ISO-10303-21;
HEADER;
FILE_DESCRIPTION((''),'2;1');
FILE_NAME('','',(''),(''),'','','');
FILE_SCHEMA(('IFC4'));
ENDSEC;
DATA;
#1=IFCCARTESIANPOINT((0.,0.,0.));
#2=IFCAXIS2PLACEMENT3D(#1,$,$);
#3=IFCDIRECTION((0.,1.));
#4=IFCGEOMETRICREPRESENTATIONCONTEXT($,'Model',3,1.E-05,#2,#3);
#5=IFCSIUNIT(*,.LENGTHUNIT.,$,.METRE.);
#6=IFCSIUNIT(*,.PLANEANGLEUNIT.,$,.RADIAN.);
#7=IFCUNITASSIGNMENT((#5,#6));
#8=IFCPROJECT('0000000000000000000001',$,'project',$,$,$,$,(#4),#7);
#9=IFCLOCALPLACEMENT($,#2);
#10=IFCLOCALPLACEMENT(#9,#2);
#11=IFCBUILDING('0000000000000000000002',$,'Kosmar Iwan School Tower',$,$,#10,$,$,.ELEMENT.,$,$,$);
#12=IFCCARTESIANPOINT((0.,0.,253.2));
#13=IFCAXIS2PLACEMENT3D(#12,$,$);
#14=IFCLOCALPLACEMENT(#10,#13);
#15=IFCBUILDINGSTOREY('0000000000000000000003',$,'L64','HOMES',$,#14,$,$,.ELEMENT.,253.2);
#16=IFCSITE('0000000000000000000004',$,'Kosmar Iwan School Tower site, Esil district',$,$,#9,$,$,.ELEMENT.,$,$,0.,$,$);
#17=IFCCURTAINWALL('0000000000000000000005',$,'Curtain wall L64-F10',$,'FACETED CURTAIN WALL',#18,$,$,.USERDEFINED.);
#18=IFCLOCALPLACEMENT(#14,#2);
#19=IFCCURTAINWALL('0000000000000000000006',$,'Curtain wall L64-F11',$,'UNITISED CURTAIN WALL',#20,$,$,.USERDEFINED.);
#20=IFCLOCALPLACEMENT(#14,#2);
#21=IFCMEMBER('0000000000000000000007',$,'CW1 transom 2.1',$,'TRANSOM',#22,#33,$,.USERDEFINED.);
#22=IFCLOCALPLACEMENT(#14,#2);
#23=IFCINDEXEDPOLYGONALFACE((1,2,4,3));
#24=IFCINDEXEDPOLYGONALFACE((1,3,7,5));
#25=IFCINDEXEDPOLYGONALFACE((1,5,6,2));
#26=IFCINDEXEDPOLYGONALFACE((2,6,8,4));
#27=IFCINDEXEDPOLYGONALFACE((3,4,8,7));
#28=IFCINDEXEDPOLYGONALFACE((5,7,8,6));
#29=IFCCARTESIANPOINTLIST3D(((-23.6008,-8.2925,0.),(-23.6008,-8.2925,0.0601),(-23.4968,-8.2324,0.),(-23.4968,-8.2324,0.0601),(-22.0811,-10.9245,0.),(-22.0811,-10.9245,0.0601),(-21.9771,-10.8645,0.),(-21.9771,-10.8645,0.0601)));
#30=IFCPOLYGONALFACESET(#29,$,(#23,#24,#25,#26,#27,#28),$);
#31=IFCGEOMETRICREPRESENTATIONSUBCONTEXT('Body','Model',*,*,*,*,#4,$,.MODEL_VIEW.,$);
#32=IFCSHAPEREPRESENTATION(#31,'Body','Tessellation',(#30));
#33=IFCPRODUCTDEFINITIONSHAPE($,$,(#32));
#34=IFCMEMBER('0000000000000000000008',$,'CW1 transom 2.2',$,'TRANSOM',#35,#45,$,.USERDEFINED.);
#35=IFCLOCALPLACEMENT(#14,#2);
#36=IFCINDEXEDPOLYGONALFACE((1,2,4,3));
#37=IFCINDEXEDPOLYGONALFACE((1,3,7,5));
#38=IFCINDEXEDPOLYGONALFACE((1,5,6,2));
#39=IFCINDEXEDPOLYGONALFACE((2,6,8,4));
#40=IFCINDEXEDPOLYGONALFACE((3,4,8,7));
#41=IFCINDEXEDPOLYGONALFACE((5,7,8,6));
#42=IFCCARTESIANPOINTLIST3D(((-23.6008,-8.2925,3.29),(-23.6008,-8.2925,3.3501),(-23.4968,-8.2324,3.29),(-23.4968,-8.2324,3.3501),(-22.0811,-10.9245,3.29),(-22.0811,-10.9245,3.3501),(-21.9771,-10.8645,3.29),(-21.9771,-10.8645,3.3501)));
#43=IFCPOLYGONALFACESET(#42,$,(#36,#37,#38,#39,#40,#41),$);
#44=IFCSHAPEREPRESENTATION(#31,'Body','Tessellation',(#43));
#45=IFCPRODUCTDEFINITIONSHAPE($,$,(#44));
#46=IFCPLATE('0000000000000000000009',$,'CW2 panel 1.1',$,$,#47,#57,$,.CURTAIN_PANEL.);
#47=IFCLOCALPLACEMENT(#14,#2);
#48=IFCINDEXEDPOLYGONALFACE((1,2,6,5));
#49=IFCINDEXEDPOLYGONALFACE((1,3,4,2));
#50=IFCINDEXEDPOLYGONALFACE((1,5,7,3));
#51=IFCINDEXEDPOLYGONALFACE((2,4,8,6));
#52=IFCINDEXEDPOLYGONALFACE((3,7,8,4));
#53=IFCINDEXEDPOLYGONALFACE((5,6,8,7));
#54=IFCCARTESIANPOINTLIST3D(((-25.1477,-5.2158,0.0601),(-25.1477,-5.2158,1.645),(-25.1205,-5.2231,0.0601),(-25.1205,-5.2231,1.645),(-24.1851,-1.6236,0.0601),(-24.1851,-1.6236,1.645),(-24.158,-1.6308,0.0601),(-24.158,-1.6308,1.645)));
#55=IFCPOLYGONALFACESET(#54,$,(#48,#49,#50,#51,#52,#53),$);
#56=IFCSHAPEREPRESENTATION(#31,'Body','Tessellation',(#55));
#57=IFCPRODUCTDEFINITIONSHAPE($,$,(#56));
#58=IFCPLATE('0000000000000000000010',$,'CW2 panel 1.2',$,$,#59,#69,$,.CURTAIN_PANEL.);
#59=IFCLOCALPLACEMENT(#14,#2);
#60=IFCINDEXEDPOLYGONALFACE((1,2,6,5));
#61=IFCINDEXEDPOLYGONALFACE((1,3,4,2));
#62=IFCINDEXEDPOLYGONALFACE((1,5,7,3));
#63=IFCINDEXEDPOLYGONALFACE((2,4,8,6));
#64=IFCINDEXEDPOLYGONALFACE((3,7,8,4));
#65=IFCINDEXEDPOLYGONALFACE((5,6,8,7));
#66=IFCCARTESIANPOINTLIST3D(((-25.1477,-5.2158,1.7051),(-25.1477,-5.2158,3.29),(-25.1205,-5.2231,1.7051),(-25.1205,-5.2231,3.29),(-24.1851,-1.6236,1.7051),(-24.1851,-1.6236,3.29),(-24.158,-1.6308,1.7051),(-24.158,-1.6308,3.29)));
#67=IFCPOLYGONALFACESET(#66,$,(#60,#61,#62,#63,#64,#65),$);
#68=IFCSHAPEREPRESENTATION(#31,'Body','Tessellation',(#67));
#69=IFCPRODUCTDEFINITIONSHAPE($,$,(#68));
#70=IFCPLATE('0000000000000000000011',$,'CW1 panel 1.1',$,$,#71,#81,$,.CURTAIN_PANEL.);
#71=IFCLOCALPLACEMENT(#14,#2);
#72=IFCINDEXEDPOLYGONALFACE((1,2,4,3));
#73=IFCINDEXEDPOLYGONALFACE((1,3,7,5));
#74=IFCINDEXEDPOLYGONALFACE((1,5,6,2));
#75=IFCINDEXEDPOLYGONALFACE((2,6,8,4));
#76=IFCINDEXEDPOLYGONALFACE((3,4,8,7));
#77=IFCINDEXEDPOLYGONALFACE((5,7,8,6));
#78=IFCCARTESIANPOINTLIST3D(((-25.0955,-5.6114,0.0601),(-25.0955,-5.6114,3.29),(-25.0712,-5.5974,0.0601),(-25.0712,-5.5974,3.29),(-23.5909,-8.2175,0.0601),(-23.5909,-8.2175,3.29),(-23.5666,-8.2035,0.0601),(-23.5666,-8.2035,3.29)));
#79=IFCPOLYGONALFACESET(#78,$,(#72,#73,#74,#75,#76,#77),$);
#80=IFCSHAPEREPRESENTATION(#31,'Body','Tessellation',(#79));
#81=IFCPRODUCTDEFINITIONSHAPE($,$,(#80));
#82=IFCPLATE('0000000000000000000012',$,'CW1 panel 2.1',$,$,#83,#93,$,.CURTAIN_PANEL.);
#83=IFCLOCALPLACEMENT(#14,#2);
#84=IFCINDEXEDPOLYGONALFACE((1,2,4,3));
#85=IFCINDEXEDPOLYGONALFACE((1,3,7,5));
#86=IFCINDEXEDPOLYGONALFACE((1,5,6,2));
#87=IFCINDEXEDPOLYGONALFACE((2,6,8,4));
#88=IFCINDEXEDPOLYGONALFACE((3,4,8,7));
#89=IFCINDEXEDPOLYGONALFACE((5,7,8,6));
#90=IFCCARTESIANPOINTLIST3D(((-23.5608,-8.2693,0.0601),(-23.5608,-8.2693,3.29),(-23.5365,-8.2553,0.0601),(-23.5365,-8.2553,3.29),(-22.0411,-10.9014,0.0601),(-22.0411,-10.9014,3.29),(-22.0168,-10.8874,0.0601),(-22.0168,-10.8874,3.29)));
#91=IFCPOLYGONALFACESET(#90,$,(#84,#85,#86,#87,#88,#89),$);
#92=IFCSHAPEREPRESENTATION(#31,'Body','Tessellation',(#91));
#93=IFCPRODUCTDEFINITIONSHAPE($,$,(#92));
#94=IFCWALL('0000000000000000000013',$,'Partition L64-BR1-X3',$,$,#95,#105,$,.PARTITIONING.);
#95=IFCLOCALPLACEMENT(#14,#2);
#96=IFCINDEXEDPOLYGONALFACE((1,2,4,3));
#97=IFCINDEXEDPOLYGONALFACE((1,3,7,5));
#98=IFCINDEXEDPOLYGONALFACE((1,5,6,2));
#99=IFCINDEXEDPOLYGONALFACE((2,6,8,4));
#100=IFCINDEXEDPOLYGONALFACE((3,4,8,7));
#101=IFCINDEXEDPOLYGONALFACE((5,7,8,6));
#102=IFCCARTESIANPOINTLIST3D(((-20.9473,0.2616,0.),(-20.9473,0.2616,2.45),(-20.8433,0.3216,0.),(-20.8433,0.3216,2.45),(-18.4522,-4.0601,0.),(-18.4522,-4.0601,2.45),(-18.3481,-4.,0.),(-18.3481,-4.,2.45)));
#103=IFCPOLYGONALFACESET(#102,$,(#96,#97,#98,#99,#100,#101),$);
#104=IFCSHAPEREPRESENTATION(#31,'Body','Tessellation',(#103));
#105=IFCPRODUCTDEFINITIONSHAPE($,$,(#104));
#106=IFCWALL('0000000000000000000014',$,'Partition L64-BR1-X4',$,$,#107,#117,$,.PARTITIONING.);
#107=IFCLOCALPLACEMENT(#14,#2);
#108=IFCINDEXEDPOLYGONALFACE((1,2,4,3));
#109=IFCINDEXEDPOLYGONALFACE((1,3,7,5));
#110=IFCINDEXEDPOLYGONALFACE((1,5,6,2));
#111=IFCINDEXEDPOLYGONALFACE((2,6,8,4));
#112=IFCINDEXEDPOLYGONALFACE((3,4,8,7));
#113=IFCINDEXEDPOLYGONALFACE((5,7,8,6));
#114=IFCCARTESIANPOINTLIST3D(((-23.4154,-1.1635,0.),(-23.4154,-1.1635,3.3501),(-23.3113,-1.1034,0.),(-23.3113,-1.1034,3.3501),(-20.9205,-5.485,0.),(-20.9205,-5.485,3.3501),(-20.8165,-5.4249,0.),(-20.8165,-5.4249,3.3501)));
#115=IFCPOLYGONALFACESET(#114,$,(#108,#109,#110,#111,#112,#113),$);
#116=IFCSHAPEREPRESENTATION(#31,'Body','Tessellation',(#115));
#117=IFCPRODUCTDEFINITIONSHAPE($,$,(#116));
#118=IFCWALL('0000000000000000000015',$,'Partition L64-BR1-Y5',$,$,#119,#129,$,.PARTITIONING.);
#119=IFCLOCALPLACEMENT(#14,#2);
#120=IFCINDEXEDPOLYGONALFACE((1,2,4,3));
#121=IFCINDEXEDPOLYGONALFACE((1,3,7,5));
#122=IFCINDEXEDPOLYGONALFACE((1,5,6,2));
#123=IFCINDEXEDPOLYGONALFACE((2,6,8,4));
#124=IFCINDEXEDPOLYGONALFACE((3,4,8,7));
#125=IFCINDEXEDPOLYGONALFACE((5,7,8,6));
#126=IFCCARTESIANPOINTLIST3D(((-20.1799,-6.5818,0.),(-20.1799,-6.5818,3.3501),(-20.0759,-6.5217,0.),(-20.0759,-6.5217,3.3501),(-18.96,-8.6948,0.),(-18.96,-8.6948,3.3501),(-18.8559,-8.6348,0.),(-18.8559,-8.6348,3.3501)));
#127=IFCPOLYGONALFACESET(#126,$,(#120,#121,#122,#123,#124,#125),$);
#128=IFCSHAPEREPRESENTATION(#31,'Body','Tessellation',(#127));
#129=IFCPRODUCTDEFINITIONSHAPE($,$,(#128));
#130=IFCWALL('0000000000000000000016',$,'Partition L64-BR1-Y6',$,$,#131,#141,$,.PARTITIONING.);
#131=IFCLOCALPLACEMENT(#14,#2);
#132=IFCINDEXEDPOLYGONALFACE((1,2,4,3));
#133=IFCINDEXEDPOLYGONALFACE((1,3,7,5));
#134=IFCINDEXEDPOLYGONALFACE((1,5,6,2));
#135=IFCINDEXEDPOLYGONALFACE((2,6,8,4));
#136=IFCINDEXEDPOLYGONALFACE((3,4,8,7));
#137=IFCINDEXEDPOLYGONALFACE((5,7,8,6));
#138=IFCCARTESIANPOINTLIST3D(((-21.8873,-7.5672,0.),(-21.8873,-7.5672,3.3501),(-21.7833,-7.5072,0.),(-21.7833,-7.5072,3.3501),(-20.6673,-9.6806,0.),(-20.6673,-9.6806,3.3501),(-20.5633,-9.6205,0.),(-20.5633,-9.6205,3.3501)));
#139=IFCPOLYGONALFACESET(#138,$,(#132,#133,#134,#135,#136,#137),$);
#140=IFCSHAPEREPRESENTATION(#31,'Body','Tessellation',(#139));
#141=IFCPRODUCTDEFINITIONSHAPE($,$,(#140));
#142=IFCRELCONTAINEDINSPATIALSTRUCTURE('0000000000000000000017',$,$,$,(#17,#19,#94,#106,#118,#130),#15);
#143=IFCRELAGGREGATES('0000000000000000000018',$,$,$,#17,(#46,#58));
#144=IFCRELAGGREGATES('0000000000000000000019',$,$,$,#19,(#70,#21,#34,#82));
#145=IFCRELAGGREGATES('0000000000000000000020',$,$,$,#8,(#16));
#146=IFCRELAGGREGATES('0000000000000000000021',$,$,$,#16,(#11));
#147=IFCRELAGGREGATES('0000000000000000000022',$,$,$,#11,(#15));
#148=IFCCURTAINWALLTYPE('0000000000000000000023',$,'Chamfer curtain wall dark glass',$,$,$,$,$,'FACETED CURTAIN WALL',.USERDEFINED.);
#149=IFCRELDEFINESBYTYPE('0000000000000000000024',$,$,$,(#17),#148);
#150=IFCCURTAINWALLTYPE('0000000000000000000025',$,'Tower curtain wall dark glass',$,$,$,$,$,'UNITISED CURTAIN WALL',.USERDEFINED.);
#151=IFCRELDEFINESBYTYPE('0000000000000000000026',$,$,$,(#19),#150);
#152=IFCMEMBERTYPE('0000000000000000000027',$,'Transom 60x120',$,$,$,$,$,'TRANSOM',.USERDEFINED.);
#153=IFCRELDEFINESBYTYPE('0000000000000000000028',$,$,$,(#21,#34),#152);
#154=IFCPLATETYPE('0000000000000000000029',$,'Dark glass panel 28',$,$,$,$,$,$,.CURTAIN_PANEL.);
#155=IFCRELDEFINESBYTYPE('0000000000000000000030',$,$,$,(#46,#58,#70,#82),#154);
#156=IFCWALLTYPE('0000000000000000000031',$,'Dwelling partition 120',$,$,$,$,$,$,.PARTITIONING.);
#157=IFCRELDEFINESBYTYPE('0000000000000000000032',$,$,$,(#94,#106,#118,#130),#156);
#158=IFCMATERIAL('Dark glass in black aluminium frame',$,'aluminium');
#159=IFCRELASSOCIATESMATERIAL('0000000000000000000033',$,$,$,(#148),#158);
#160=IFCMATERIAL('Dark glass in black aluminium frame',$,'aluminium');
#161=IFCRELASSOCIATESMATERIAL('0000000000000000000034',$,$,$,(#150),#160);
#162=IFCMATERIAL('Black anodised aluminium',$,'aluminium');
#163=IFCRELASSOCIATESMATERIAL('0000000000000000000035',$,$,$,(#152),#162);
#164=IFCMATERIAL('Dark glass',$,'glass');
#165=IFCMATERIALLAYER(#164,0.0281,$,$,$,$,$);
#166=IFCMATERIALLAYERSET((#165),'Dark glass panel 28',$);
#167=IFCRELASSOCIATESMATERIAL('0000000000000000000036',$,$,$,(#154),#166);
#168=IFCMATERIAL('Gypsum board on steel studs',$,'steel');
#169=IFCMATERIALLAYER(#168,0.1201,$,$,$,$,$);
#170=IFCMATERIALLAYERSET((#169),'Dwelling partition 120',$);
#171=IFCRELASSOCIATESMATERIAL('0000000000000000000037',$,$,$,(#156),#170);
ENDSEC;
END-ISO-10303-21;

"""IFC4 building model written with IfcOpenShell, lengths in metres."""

from ifc_helpers import new_model, si_unit, direction, frame, frame_2d, origin, origin_2d, place, context, subcontext, project, spatial, rectangle, extrude, material, layer, layer_set, material_profile, profile_set, type_object, element, aggregate, save


model = new_model("IFC4")

# Units and contexts
model_context = context("Model", 3, precision=1e-05, world=origin(), true_north=direction((0.0, 1.0)))
body_context = subcontext(model_context, "Body", "Model", "MODEL_VIEW")
ifc_project = project(units=[si_unit("LENGTHUNIT", "METRE"), si_unit("PLANEANGLEUNIT", "RADIAN")], contexts=[model_context])

# Site, building, storey
site_placement = place(None, origin())
site = spatial("IfcSite", under=ifc_project, at=site_placement, Name="Kosmar Iwan School Tower site, Esil district", CompositionType="ELEMENT", RefElevation=0.0)
building_placement = place(site_placement, origin())
building = spatial("IfcBuilding", under=site, at=building_placement, Name="Kosmar Iwan School Tower", CompositionType="ELEMENT")
storey_placement = place(building_placement, frame((0.0, 0.0, 253.2)))
storey = spatial("IfcBuildingStorey", under=building, at=storey_placement, Name="L64", Description="HOMES", CompositionType="ELEMENT", Elevation=253.2)

# Curtain walls
ifc_material_1 = material(Name="Dark glass in black aluminium frame", Category="aluminium")
curtain_wall_type_1 = type_object("IfcCurtainWallType", Name="Chamfer curtain wall dark glass", ElementType="FACETED CURTAIN WALL", PredefinedType="USERDEFINED", material=ifc_material_1)
curtain_wall_1_placement = place(storey_placement, origin())
curtain_wall_1 = element("IfcCurtainWall", 1, at=curtain_wall_1_placement, inside=storey, type_object=curtain_wall_type_1, Name="Curtain wall L64-F10", ObjectType="FACETED CURTAIN WALL", PredefinedType="USERDEFINED")
ifc_material_2 = material(Name="Dark glass in black aluminium frame", Category="aluminium")
curtain_wall_type_2 = type_object("IfcCurtainWallType", Name="Tower curtain wall dark glass", ElementType="UNITISED CURTAIN WALL", PredefinedType="USERDEFINED", material=ifc_material_2)
curtain_wall_2_placement = place(storey_placement, origin())
curtain_wall_2 = element("IfcCurtainWall", 2, at=curtain_wall_2_placement, inside=storey, type_object=curtain_wall_type_2, Name="Curtain wall L64-F11", ObjectType="UNITISED CURTAIN WALL", PredefinedType="USERDEFINED")

# Members
ifc_material_3 = material(Name="Black anodised aluminium", Category="aluminium")
ifc_material_profile_1 = material_profile(ifc_material_3, rectangle(XDim=0.1201, YDim=0.0601, at=origin_2d()), Name="TRANSOM 60x120")
ifc_profile_set_1 = profile_set([ifc_material_profile_1], Name="Black anodised aluminium")
member_type_1 = type_object("IfcMemberType", Name="Transom 60x120", ElementType="TRANSOM", PredefinedType="USERDEFINED", material=ifc_profile_set_1)
member_1_placement = place(storey_placement, frame((-23.5488, -8.2625, 0.03), z_axis=(0.500035, -0.866005, 0.0), x_axis=(0.866005, 0.500035, 0.0)))
member_1 = element("IfcMember", 3, at=member_1_placement, type_object=member_type_1, Name="CW1 transom 2.1", ObjectType="TRANSOM", PredefinedType="USERDEFINED", context=body_context, shape_type="SweptSolid", body=[
    extrude(rectangle(XDim=0.1201, YDim=0.0601, at=origin_2d()), origin(), (0.0, 0.0, 1.0), 3.0393),
])
member_2_placement = place(storey_placement, frame((-23.5488, -8.2625, 3.3201), z_axis=(0.500035, -0.866005, 0.0), x_axis=(0.866005, 0.500035, 0.0)))
member_2 = element("IfcMember", 4, at=member_2_placement, type_object=member_type_1, Name="CW1 transom 2.2", ObjectType="TRANSOM", PredefinedType="USERDEFINED", context=body_context, shape_type="SweptSolid", body=[
    extrude(rectangle(XDim=0.1201, YDim=0.0601, at=origin_2d()), origin(), (0.0, 0.0, 1.0), 3.0393),
])

# Plates
ifc_material_4 = material(Name="Dark glass", Category="glass")
ifc_layer_1 = layer(ifc_material_4, 0.0281)
ifc_layer_set_1 = layer_set([ifc_layer_1], Name="Dark glass panel 28")
plate_type = type_object("IfcPlateType", Name="Dark glass panel 28", PredefinedType="CURTAIN_PANEL", material=ifc_layer_set_1)
plate_1_placement = place(storey_placement, frame((-24.6528, -3.4233, 0.0601), z_axis=(0.0, 0.0, 1.0), x_axis=(-0.258819, -0.965926, 0.0)))
plate_1 = element("IfcPlate", 5, at=plate_1_placement, type_object=plate_type, Name="CW2 panel 1.1", PredefinedType="CURTAIN_PANEL", context=body_context, shape_type="SweptSolid", body=[
    extrude(rectangle(XDim=3.719, YDim=0.0281, at=origin_2d()), origin(), (0.0, 0.0, 1.0), 1.585),
])
plate_2_placement = place(storey_placement, frame((-24.6528, -3.4233, 1.7051), z_axis=(0.0, 0.0, 1.0), x_axis=(-0.258819, -0.965926, 0.0)))
plate_2 = element("IfcPlate", 6, at=plate_2_placement, type_object=plate_type, Name="CW2 panel 1.2", PredefinedType="CURTAIN_PANEL", context=body_context, shape_type="SweptSolid", body=[
    extrude(rectangle(XDim=3.719, YDim=0.0281, at=origin_2d()), origin(), (0.0, 0.0, 1.0), 1.585),
])
aggregate(curtain_wall_1, [plate_1, plate_2])
plate_3_placement = place(storey_placement, frame((-24.3311, -6.9075, 0.0601), z_axis=(0.0, 0.0, 1.0), x_axis=(0.5, -0.866025, 0.0)))
plate_3 = element("IfcPlate", 7, at=plate_3_placement, type_object=plate_type, Name="CW1 panel 1.1", PredefinedType="CURTAIN_PANEL", context=body_context, shape_type="SweptSolid", body=[
    extrude(rectangle(XDim=3.0093, YDim=0.0281, at=origin_2d()), origin(), (0.0, 0.0, 1.0), 3.23),
])
plate_4_placement = place(storey_placement, frame((-22.7888, -9.5784, 0.0601), z_axis=(0.0, 0.0, 1.0), x_axis=(0.5, -0.866025, 0.0)))
plate_4 = element("IfcPlate", 8, at=plate_4_placement, type_object=plate_type, Name="CW1 panel 2.1", PredefinedType="CURTAIN_PANEL", context=body_context, shape_type="SweptSolid", body=[
    extrude(rectangle(XDim=3.0393, YDim=0.0281, at=origin_2d()), origin(), (0.0, 0.0, 1.0), 3.23),
])
aggregate(curtain_wall_2, [plate_3, member_1, member_2, plate_4])

# Walls
ifc_material_5 = material(Name="Gypsum board on steel studs", Category="steel")
ifc_layer_2 = layer(ifc_material_5, 0.1201)
ifc_layer_set_2 = layer_set([ifc_layer_2], Name="Dwelling partition 120")
wall_type = type_object("IfcWallType", Name="Dwelling partition 120", PredefinedType="PARTITIONING", material=ifc_layer_set_2)
wall_1_placement = place(storey_placement, frame((-18.4001, -4.03, 0.0), z_axis=(0.0, 0.0, 1.0), x_axis=(-0.500012, 0.866019, 0.0)))
element("IfcWall", 9, at=wall_1_placement, inside=storey, type_object=wall_type, Name="Partition L64-BR1-X3", PredefinedType="PARTITIONING", context=body_context, shape_type="SweptSolid", body=[
    extrude(rectangle(XDim=4.9902, YDim=0.1201, at=frame_2d((2.4951, 0.0))), origin(), (0.0, 0.0, 1.0), 2.45),
])
wall_2_placement = place(storey_placement, frame((-20.8684, -5.4551, 0.0), z_axis=(0.0, 0.0, 1.0), x_axis=(-0.499975, 0.86604, 0.0)))
element("IfcWall", 10, at=wall_2_placement, inside=storey, type_object=wall_type, Name="Partition L64-BR1-X4", PredefinedType="PARTITIONING", context=body_context, shape_type="SweptSolid", body=[
    extrude(rectangle(XDim=4.99, YDim=0.1201, at=frame_2d((2.4951, 0.0))), origin(), (0.0, 0.0, 1.0), 3.3501),
])
wall_3_placement = place(storey_placement, frame((-18.908, -8.6648, 0.0), z_axis=(0.0, 0.0, 1.0), x_axis=(-0.500003, 0.866024, 0.0)))
element("IfcWall", 11, at=wall_3_placement, inside=storey, type_object=wall_type, Name="Partition L64-BR1-Y5", PredefinedType="PARTITIONING", context=body_context, shape_type="SweptSolid", body=[
    extrude(rectangle(XDim=2.4399, YDim=0.1201, at=frame_2d((1.22, 0.0))), origin(), (0.0, 0.0, 1.0), 3.3501),
])
wall_4_placement = place(storey_placement, frame((-20.6152, -9.6506, 0.0), z_axis=(0.0, 0.0, 1.0), x_axis=(-0.499959, 0.866049, 0.0)))
element("IfcWall", 12, at=wall_4_placement, inside=storey, type_object=wall_type, Name="Partition L64-BR1-Y6", PredefinedType="PARTITIONING", context=body_context, shape_type="SweptSolid", body=[
    extrude(rectangle(XDim=2.4402, YDim=0.1201, at=frame_2d((1.2202, 0.0))), origin(), (0.0, 0.0, 1.0), 3.3501),
])

save(model, "model.ifc")
